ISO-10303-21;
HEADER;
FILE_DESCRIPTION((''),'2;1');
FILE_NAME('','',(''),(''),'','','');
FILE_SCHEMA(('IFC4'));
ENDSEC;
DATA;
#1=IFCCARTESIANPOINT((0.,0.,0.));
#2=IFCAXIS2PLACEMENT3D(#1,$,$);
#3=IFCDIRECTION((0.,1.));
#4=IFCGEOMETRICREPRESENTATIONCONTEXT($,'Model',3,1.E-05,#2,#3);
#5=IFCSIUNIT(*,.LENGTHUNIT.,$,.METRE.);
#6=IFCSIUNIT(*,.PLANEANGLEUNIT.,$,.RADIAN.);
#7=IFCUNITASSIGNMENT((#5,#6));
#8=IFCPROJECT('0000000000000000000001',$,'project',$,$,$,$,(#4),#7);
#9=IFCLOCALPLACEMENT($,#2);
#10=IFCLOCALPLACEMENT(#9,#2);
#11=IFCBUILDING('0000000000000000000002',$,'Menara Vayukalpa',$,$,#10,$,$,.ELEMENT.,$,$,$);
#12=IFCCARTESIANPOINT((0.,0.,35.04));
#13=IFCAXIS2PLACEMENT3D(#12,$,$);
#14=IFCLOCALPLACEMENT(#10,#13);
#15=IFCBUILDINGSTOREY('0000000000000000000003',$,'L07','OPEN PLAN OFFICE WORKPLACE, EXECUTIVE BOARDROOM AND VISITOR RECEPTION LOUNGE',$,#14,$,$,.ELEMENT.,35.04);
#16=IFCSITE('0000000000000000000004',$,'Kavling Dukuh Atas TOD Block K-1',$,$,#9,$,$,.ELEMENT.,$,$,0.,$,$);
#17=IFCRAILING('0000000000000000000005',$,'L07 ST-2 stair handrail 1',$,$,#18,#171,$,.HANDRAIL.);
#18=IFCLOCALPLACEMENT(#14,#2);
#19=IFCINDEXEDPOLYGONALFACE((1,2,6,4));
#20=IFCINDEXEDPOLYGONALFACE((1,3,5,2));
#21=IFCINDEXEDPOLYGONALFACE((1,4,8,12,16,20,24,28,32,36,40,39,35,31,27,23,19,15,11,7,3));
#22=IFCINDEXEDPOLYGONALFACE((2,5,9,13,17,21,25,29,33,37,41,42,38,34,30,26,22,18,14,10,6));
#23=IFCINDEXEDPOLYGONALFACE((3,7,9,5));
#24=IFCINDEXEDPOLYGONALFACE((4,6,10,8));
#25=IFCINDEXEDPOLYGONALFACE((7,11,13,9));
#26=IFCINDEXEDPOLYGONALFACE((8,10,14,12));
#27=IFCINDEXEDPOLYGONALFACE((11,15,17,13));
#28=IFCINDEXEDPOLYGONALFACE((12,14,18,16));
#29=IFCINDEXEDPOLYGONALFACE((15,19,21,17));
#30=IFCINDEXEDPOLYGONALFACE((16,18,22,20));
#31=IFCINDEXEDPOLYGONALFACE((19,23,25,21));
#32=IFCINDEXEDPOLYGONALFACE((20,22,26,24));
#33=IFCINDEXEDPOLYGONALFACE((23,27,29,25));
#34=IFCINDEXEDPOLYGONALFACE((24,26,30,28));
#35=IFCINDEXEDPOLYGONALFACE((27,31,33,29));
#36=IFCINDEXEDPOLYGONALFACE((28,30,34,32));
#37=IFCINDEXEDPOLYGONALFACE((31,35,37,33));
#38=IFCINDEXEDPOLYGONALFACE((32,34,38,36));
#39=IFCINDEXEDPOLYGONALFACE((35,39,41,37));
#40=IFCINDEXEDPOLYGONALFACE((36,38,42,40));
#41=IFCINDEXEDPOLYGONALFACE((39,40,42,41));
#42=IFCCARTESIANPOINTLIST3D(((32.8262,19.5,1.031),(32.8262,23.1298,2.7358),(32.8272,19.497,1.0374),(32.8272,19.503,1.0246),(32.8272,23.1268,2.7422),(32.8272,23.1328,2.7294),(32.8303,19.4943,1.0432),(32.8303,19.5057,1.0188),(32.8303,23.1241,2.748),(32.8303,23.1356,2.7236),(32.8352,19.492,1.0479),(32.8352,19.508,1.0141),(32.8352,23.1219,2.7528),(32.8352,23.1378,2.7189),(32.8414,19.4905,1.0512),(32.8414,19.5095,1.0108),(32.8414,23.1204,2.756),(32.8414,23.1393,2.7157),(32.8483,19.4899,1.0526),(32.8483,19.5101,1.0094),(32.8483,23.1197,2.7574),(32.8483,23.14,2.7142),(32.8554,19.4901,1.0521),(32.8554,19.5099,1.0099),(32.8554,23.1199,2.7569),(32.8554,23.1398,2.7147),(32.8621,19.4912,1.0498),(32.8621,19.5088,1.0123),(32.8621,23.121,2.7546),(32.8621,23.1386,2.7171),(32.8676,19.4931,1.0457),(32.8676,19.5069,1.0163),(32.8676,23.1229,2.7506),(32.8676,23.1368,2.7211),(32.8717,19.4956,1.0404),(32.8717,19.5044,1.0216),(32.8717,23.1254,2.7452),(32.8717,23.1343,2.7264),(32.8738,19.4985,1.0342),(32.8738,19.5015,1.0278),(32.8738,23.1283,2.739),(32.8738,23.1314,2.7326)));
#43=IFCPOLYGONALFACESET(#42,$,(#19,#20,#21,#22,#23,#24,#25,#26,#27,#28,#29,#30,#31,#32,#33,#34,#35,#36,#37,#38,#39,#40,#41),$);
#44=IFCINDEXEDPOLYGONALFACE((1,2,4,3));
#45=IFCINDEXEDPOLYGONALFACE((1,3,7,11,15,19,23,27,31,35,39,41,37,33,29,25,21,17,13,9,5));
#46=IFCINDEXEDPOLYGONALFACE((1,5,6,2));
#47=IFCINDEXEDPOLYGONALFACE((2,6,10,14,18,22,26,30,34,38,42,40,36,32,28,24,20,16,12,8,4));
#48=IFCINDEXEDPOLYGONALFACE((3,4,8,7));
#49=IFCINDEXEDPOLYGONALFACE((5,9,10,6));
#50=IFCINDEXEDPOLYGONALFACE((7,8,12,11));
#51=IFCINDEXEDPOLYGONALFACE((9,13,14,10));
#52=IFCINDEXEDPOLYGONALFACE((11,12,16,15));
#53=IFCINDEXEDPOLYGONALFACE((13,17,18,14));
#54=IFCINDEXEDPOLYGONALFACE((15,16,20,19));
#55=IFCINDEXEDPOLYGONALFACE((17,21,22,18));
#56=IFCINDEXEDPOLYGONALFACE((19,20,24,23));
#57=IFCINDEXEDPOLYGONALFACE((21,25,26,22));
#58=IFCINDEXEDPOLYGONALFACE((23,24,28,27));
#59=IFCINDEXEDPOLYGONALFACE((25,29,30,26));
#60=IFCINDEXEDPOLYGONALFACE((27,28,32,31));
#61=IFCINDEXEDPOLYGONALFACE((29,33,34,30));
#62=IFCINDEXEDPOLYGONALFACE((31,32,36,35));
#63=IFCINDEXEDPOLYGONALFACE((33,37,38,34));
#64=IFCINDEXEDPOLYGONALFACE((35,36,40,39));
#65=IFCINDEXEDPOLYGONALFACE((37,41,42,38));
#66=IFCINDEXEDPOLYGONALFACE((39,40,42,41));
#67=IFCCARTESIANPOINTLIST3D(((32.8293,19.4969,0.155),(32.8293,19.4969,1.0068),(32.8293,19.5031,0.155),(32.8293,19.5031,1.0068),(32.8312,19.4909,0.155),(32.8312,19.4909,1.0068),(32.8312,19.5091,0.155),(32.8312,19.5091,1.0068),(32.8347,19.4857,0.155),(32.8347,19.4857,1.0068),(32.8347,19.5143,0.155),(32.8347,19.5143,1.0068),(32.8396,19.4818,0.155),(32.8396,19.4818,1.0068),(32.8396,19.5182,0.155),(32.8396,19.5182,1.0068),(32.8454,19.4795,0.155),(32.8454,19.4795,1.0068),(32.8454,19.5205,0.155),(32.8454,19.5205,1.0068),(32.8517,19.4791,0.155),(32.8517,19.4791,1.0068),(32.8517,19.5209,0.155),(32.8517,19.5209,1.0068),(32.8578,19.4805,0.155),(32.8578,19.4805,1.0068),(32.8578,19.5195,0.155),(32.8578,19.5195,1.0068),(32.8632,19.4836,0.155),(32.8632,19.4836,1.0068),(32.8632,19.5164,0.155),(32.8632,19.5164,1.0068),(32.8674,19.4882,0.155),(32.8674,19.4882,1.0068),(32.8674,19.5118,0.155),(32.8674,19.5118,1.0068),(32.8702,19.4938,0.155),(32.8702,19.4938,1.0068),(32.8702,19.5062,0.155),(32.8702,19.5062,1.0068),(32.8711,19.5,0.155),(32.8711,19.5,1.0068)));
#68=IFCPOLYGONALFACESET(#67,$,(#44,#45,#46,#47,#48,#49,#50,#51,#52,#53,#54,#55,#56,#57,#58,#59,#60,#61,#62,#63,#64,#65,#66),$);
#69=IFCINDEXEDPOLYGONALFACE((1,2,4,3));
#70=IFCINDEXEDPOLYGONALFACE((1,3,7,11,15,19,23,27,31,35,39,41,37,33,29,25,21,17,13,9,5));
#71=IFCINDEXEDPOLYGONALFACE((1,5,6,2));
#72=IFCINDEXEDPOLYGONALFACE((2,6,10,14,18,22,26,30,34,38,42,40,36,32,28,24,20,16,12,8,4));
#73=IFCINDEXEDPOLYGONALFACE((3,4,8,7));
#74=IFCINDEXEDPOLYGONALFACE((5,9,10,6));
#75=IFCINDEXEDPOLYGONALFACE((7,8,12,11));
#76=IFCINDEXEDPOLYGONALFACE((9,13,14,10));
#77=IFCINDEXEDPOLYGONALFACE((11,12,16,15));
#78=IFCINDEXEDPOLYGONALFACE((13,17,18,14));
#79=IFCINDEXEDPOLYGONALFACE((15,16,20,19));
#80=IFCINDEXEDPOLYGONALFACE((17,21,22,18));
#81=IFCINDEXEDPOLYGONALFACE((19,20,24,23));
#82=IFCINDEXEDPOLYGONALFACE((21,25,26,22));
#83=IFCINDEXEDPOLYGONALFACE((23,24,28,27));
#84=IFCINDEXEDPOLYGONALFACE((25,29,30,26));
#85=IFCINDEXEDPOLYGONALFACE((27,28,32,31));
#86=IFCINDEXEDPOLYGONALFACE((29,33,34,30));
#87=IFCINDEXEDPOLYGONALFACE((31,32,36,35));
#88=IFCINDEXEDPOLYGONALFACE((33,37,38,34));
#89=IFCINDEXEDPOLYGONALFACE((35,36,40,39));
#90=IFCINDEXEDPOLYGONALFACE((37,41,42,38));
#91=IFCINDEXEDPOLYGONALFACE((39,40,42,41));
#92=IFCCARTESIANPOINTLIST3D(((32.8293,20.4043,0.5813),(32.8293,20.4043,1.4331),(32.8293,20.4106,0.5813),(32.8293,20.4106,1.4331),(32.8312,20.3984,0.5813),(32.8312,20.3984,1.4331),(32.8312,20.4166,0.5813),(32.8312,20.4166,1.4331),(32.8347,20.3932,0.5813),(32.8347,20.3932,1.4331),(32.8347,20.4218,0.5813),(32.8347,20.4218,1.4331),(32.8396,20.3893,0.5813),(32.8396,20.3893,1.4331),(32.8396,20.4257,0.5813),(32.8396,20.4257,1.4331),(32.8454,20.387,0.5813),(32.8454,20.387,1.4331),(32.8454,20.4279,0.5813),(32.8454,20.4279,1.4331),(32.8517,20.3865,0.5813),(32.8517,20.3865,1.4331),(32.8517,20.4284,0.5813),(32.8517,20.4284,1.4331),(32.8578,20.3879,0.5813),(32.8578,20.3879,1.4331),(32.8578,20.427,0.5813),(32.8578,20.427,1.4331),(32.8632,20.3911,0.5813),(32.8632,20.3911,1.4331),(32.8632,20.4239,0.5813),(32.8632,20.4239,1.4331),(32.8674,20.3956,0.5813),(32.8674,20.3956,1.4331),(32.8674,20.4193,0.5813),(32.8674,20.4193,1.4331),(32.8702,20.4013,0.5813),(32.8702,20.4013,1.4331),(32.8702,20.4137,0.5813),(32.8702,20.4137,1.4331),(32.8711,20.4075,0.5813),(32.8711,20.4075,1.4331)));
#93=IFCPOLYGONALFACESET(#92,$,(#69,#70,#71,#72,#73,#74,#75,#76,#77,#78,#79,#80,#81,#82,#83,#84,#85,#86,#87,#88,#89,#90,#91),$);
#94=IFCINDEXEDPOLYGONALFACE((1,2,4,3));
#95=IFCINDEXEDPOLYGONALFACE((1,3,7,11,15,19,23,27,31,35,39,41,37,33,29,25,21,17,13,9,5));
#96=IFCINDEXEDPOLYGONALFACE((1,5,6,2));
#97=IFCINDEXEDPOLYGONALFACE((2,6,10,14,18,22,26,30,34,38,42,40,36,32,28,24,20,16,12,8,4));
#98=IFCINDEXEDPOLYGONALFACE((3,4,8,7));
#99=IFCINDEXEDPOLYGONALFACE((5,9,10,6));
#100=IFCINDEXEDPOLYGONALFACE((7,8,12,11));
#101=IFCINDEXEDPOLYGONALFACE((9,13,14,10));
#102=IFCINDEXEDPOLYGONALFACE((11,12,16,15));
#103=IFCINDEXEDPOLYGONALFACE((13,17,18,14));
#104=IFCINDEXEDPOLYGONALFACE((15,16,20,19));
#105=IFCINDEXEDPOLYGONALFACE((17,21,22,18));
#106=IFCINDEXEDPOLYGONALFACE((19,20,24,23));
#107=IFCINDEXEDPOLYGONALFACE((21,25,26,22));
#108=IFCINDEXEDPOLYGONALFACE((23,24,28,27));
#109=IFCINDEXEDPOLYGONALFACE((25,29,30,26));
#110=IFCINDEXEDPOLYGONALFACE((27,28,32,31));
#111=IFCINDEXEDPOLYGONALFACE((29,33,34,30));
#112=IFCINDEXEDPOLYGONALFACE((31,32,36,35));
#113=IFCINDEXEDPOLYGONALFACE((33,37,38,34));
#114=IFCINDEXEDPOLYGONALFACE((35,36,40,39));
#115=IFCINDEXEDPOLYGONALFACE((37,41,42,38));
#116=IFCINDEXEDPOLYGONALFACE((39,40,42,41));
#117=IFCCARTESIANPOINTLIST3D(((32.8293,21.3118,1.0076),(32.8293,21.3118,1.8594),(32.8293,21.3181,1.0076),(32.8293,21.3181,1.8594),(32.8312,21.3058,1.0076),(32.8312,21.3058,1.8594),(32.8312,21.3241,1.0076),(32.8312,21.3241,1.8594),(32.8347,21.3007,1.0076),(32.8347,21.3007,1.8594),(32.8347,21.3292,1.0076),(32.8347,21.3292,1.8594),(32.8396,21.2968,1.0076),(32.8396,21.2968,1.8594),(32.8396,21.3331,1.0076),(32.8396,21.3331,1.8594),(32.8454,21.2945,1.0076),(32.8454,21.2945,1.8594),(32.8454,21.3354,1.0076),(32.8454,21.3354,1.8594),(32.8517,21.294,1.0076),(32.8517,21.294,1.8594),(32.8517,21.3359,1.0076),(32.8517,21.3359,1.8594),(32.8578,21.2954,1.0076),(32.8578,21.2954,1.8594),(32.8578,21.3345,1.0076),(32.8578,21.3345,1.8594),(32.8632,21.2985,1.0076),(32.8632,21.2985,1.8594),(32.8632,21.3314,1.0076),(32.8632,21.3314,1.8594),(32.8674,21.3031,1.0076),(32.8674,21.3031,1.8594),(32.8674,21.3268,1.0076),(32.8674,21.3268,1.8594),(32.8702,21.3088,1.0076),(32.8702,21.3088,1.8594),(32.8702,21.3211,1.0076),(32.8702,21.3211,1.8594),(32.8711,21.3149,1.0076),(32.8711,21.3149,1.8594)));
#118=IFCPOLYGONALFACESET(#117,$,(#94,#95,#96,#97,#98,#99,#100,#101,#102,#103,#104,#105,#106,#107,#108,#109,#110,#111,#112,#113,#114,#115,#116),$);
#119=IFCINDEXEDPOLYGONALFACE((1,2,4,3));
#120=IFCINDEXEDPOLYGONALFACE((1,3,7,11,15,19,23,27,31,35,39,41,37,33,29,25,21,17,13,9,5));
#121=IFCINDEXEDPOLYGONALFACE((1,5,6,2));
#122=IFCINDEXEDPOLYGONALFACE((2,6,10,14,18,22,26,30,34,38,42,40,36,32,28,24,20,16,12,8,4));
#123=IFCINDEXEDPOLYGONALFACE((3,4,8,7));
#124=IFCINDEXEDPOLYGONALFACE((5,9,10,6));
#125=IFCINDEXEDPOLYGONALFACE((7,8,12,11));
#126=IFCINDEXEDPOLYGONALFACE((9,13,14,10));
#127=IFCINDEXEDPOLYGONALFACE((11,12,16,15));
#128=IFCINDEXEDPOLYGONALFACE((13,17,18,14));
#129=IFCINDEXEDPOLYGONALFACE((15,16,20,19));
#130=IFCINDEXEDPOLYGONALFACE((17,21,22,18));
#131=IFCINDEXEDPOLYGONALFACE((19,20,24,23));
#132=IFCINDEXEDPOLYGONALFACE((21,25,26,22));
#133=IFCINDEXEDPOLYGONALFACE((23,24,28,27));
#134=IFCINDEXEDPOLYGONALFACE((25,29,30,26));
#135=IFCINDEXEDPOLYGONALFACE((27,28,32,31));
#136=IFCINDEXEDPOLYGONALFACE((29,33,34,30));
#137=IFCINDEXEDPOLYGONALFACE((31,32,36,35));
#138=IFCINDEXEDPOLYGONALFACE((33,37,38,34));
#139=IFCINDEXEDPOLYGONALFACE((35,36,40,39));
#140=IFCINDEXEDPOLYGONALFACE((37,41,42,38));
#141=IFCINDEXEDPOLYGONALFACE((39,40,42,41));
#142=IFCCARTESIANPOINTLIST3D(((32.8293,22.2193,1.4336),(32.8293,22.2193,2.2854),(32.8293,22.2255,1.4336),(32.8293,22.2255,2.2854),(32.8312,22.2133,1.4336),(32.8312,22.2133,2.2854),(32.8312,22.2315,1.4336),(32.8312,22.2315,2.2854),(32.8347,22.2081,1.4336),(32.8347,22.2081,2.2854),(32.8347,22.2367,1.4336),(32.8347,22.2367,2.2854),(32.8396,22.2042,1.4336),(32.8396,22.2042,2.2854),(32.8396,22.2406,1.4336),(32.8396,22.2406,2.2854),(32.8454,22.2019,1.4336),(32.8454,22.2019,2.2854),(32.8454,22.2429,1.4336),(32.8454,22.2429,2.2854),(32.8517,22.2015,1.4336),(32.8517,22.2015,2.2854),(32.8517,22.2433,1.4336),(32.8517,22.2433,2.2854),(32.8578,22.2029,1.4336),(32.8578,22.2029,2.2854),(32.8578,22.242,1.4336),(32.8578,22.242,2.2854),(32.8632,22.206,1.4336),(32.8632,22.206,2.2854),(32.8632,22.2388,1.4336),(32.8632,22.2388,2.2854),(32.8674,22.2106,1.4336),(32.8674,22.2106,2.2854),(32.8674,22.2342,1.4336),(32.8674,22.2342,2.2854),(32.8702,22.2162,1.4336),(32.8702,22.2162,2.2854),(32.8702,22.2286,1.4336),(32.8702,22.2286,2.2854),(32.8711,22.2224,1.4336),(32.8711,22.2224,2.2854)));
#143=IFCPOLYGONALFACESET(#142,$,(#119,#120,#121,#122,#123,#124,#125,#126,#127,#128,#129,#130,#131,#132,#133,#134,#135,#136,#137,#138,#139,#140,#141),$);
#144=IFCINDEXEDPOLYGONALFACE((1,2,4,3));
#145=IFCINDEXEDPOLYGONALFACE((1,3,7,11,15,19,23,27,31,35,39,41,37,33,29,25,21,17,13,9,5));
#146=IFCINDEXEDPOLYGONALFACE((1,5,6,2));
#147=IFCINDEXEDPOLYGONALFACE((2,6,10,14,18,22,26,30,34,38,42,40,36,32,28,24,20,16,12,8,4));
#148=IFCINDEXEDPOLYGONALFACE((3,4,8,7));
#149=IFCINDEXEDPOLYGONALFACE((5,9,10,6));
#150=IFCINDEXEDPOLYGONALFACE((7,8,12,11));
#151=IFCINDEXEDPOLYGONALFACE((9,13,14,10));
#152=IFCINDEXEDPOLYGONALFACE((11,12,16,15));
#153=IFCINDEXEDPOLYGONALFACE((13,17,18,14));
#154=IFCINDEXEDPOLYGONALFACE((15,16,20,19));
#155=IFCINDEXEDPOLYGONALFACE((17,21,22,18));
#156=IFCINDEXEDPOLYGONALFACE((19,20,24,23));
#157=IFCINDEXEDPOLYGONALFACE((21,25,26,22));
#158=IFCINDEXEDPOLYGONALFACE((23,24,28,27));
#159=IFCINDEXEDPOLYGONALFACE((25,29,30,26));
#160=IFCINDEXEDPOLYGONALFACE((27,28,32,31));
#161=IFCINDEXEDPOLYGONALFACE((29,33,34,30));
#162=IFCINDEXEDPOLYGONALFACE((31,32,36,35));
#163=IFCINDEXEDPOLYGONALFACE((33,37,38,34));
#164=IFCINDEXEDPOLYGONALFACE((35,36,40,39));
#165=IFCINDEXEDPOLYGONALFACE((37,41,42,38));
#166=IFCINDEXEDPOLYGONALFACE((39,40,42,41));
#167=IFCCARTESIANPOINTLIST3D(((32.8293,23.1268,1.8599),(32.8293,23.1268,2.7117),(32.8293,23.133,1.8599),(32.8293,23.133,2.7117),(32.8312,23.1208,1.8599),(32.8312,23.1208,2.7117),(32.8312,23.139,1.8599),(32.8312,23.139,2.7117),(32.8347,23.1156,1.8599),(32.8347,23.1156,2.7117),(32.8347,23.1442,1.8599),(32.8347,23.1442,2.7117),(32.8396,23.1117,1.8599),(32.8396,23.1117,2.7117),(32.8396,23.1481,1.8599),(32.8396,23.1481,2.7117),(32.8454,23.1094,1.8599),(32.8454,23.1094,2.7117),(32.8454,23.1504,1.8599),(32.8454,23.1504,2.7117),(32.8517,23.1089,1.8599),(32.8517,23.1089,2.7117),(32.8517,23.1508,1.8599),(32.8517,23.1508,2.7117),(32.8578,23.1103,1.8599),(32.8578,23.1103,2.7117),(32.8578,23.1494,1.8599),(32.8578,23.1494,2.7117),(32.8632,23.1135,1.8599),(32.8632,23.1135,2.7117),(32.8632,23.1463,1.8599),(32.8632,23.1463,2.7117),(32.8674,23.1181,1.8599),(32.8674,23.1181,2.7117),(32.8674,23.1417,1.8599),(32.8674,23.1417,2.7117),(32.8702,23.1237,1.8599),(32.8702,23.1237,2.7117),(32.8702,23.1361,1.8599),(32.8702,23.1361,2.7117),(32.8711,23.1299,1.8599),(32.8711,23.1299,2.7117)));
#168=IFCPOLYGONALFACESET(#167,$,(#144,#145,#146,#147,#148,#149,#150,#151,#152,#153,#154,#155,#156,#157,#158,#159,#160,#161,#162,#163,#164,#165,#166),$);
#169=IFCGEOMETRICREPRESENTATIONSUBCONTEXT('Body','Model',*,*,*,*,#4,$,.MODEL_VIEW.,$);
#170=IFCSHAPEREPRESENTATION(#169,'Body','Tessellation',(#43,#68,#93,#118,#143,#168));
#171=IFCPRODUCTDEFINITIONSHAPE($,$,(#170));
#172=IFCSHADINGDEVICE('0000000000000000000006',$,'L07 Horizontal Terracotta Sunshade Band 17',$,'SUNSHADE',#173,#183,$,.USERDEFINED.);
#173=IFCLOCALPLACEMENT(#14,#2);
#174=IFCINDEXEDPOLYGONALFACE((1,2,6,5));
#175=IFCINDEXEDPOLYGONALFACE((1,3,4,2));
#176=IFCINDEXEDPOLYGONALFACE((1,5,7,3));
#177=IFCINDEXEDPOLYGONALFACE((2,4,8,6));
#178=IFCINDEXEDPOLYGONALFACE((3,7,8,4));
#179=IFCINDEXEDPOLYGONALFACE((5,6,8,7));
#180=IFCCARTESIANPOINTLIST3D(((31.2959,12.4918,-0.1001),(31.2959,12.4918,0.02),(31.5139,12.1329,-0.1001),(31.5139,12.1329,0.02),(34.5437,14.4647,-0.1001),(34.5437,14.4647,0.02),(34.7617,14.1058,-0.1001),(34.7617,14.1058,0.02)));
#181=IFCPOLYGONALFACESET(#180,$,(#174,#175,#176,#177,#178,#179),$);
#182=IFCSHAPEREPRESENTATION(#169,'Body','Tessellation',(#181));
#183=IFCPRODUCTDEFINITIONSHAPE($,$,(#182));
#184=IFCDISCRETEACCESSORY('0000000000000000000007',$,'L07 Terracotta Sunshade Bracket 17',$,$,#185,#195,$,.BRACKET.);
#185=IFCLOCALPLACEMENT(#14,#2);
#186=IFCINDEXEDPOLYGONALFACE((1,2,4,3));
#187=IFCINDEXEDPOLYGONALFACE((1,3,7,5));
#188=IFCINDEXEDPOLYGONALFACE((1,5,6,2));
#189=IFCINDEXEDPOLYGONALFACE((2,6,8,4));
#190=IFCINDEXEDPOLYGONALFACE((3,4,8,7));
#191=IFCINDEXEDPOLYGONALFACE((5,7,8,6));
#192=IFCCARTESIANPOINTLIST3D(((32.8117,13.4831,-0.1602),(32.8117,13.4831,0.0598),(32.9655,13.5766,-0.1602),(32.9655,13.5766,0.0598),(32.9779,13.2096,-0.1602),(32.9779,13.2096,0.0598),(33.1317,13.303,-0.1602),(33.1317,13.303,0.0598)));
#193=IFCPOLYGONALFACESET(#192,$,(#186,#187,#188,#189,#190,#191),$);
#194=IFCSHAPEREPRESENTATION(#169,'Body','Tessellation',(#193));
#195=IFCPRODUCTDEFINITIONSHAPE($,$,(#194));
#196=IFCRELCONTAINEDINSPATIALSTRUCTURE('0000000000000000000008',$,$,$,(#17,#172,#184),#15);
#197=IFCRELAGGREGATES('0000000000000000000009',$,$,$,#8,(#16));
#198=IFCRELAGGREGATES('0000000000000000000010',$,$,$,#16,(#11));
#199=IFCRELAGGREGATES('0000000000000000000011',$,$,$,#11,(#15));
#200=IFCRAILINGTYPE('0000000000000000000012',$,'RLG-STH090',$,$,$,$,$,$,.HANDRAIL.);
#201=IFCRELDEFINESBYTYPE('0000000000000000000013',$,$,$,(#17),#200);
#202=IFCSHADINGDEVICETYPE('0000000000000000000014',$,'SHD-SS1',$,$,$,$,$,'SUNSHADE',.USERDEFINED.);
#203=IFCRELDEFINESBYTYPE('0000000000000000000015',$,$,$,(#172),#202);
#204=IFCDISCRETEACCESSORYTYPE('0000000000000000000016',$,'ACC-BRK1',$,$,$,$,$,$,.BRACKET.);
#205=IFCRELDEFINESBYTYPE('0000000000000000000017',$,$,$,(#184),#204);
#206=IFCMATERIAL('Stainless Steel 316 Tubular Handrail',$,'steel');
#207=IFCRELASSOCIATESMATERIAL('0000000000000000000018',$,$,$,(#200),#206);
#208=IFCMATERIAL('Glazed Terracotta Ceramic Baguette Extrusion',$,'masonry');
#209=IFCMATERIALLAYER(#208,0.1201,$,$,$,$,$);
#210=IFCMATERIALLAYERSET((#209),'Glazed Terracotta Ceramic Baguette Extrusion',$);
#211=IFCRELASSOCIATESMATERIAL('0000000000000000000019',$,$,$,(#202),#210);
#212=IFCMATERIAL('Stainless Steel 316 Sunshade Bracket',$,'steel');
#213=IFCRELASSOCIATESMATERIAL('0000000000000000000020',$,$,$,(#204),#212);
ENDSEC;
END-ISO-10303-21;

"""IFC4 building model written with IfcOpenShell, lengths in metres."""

from ifc_helpers import new_model, si_unit, direction, frame, origin, origin_2d, place, context, subcontext, project, spatial, rectangle, circle, extrude, material, layer, layer_set, type_object, element, save


model = new_model("IFC4")

# Units and contexts
model_context = context("Model", 3, precision=1e-05, world=origin(), true_north=direction((0.0, 1.0)))
body_context = subcontext(model_context, "Body", "Model", "MODEL_VIEW")
ifc_project = project(units=[si_unit("LENGTHUNIT", "METRE"), si_unit("PLANEANGLEUNIT", "RADIAN")], contexts=[model_context])

# Site, building, storey
site_placement = place(None, origin())
site = spatial("IfcSite", under=ifc_project, at=site_placement, Name="Kavling Dukuh Atas TOD Block K-1", CompositionType="ELEMENT", RefElevation=0.0)
building_placement = place(site_placement, origin())
building = spatial("IfcBuilding", under=site, at=building_placement, Name="Menara Vayukalpa", CompositionType="ELEMENT")
storey_placement = place(building_placement, frame((0.0, 0.0, 35.04)))
storey = spatial("IfcBuildingStorey", under=building, at=storey_placement, Name="L07", Description="OPEN PLAN OFFICE WORKPLACE, EXECUTIVE BOARDROOM AND VISITOR RECEPTION LOUNGE", CompositionType="ELEMENT", Elevation=35.04)

# Railing
ifc_material_1 = material(Name="Stainless Steel 316 Tubular Handrail", Category="steel")
railing_type_1 = type_object("IfcRailingType", Name="RLG-STH090", PredefinedType="HANDRAIL", material=ifc_material_1)
railing_1_placement = place(storey_placement, frame((32.8501, 19.5, 0.155)))
element("IfcRailing", 1, at=railing_1_placement, inside=storey, type_object=railing_type_1, Name="L07 ST-2 stair handrail 1", PredefinedType="HANDRAIL", context=body_context, shape_type="SweptSolid", body=[
    extrude(circle(Radius=0.0239, at=origin_2d()), frame((0.0, 0.0, 0.876), z_axis=(0.0, 0.90514, 0.425114), x_axis=(-1.0, 0.0, 0.0)), (0.0, 0.0, 1.0), 4.0103),
    extrude(circle(Radius=0.021, at=origin_2d()), origin(), (0.0, 0.0, 1.0), 0.8518),
    extrude(circle(Radius=0.021, at=origin_2d()), frame((0.0, 0.9075, 0.4263)), (0.0, 0.0, 1.0), 0.8518),
    extrude(circle(Radius=0.021, at=origin_2d()), frame((0.0, 1.8149, 0.8525)), (0.0, 0.0, 1.0), 0.8518),
    extrude(circle(Radius=0.021, at=origin_2d()), frame((0.0, 2.7224, 1.2786)), (0.0, 0.0, 1.0), 0.8518),
    extrude(circle(Radius=0.021, at=origin_2d()), frame((0.0, 3.6299, 1.7048)), (0.0, 0.0, 1.0), 0.8518),
])

# Shading device
ifc_material_2 = material(Name="Glazed Terracotta Ceramic Baguette Extrusion", Category="masonry")
ifc_layer_1 = layer(ifc_material_2, 0.1201)
ifc_layer_set_1 = layer_set([ifc_layer_1], Name="Glazed Terracotta Ceramic Baguette Extrusion")
shading_device_type = type_object("IfcShadingDeviceType", Name="SHD-SS1", ElementType="SUNSHADE", PredefinedType="USERDEFINED", material=ifc_layer_set_1)
shading_device_placement = place(storey_placement, frame((33.0288, 13.2988, -0.1001), z_axis=(0.0, 0.0, 1.0), x_axis=(0.854667, 0.519176, 0.0)))
element("IfcShadingDevice", 2, at=shading_device_placement, inside=storey, type_object=shading_device_type, Name="L07 Horizontal Terracotta Sunshade Band 17", ObjectType="SUNSHADE", PredefinedType="USERDEFINED", context=body_context, shape_type="SweptSolid", body=[
    extrude(rectangle(XDim=3.8, YDim=0.4199, at=origin_2d()), origin(), (0.0, 0.0, 1.0), 0.1201),
])

# Discrete accessory
ifc_material_3 = material(Name="Stainless Steel 316 Sunshade Bracket", Category="steel")
discrete_accessory_type = type_object("IfcDiscreteAccessoryType", Name="ACC-BRK1", PredefinedType="BRACKET", material=ifc_material_3)
discrete_accessory_placement = place(storey_placement, frame((32.9717, 13.3931, -0.1602), z_axis=(0.0, 0.0, 1.0), x_axis=(0.854667, 0.519176, 0.0)))
element("IfcDiscreteAccessory", 3, at=discrete_accessory_placement, inside=storey, type_object=discrete_accessory_type, Name="L07 Terracotta Sunshade Bracket 17", PredefinedType="BRACKET", context=body_context, shape_type="SweptSolid", body=[
    extrude(rectangle(XDim=0.1799, YDim=0.3201, at=origin_2d()), origin(), (0.0, 0.0, 1.0), 0.22),
])

save(model, "model.ifc")
